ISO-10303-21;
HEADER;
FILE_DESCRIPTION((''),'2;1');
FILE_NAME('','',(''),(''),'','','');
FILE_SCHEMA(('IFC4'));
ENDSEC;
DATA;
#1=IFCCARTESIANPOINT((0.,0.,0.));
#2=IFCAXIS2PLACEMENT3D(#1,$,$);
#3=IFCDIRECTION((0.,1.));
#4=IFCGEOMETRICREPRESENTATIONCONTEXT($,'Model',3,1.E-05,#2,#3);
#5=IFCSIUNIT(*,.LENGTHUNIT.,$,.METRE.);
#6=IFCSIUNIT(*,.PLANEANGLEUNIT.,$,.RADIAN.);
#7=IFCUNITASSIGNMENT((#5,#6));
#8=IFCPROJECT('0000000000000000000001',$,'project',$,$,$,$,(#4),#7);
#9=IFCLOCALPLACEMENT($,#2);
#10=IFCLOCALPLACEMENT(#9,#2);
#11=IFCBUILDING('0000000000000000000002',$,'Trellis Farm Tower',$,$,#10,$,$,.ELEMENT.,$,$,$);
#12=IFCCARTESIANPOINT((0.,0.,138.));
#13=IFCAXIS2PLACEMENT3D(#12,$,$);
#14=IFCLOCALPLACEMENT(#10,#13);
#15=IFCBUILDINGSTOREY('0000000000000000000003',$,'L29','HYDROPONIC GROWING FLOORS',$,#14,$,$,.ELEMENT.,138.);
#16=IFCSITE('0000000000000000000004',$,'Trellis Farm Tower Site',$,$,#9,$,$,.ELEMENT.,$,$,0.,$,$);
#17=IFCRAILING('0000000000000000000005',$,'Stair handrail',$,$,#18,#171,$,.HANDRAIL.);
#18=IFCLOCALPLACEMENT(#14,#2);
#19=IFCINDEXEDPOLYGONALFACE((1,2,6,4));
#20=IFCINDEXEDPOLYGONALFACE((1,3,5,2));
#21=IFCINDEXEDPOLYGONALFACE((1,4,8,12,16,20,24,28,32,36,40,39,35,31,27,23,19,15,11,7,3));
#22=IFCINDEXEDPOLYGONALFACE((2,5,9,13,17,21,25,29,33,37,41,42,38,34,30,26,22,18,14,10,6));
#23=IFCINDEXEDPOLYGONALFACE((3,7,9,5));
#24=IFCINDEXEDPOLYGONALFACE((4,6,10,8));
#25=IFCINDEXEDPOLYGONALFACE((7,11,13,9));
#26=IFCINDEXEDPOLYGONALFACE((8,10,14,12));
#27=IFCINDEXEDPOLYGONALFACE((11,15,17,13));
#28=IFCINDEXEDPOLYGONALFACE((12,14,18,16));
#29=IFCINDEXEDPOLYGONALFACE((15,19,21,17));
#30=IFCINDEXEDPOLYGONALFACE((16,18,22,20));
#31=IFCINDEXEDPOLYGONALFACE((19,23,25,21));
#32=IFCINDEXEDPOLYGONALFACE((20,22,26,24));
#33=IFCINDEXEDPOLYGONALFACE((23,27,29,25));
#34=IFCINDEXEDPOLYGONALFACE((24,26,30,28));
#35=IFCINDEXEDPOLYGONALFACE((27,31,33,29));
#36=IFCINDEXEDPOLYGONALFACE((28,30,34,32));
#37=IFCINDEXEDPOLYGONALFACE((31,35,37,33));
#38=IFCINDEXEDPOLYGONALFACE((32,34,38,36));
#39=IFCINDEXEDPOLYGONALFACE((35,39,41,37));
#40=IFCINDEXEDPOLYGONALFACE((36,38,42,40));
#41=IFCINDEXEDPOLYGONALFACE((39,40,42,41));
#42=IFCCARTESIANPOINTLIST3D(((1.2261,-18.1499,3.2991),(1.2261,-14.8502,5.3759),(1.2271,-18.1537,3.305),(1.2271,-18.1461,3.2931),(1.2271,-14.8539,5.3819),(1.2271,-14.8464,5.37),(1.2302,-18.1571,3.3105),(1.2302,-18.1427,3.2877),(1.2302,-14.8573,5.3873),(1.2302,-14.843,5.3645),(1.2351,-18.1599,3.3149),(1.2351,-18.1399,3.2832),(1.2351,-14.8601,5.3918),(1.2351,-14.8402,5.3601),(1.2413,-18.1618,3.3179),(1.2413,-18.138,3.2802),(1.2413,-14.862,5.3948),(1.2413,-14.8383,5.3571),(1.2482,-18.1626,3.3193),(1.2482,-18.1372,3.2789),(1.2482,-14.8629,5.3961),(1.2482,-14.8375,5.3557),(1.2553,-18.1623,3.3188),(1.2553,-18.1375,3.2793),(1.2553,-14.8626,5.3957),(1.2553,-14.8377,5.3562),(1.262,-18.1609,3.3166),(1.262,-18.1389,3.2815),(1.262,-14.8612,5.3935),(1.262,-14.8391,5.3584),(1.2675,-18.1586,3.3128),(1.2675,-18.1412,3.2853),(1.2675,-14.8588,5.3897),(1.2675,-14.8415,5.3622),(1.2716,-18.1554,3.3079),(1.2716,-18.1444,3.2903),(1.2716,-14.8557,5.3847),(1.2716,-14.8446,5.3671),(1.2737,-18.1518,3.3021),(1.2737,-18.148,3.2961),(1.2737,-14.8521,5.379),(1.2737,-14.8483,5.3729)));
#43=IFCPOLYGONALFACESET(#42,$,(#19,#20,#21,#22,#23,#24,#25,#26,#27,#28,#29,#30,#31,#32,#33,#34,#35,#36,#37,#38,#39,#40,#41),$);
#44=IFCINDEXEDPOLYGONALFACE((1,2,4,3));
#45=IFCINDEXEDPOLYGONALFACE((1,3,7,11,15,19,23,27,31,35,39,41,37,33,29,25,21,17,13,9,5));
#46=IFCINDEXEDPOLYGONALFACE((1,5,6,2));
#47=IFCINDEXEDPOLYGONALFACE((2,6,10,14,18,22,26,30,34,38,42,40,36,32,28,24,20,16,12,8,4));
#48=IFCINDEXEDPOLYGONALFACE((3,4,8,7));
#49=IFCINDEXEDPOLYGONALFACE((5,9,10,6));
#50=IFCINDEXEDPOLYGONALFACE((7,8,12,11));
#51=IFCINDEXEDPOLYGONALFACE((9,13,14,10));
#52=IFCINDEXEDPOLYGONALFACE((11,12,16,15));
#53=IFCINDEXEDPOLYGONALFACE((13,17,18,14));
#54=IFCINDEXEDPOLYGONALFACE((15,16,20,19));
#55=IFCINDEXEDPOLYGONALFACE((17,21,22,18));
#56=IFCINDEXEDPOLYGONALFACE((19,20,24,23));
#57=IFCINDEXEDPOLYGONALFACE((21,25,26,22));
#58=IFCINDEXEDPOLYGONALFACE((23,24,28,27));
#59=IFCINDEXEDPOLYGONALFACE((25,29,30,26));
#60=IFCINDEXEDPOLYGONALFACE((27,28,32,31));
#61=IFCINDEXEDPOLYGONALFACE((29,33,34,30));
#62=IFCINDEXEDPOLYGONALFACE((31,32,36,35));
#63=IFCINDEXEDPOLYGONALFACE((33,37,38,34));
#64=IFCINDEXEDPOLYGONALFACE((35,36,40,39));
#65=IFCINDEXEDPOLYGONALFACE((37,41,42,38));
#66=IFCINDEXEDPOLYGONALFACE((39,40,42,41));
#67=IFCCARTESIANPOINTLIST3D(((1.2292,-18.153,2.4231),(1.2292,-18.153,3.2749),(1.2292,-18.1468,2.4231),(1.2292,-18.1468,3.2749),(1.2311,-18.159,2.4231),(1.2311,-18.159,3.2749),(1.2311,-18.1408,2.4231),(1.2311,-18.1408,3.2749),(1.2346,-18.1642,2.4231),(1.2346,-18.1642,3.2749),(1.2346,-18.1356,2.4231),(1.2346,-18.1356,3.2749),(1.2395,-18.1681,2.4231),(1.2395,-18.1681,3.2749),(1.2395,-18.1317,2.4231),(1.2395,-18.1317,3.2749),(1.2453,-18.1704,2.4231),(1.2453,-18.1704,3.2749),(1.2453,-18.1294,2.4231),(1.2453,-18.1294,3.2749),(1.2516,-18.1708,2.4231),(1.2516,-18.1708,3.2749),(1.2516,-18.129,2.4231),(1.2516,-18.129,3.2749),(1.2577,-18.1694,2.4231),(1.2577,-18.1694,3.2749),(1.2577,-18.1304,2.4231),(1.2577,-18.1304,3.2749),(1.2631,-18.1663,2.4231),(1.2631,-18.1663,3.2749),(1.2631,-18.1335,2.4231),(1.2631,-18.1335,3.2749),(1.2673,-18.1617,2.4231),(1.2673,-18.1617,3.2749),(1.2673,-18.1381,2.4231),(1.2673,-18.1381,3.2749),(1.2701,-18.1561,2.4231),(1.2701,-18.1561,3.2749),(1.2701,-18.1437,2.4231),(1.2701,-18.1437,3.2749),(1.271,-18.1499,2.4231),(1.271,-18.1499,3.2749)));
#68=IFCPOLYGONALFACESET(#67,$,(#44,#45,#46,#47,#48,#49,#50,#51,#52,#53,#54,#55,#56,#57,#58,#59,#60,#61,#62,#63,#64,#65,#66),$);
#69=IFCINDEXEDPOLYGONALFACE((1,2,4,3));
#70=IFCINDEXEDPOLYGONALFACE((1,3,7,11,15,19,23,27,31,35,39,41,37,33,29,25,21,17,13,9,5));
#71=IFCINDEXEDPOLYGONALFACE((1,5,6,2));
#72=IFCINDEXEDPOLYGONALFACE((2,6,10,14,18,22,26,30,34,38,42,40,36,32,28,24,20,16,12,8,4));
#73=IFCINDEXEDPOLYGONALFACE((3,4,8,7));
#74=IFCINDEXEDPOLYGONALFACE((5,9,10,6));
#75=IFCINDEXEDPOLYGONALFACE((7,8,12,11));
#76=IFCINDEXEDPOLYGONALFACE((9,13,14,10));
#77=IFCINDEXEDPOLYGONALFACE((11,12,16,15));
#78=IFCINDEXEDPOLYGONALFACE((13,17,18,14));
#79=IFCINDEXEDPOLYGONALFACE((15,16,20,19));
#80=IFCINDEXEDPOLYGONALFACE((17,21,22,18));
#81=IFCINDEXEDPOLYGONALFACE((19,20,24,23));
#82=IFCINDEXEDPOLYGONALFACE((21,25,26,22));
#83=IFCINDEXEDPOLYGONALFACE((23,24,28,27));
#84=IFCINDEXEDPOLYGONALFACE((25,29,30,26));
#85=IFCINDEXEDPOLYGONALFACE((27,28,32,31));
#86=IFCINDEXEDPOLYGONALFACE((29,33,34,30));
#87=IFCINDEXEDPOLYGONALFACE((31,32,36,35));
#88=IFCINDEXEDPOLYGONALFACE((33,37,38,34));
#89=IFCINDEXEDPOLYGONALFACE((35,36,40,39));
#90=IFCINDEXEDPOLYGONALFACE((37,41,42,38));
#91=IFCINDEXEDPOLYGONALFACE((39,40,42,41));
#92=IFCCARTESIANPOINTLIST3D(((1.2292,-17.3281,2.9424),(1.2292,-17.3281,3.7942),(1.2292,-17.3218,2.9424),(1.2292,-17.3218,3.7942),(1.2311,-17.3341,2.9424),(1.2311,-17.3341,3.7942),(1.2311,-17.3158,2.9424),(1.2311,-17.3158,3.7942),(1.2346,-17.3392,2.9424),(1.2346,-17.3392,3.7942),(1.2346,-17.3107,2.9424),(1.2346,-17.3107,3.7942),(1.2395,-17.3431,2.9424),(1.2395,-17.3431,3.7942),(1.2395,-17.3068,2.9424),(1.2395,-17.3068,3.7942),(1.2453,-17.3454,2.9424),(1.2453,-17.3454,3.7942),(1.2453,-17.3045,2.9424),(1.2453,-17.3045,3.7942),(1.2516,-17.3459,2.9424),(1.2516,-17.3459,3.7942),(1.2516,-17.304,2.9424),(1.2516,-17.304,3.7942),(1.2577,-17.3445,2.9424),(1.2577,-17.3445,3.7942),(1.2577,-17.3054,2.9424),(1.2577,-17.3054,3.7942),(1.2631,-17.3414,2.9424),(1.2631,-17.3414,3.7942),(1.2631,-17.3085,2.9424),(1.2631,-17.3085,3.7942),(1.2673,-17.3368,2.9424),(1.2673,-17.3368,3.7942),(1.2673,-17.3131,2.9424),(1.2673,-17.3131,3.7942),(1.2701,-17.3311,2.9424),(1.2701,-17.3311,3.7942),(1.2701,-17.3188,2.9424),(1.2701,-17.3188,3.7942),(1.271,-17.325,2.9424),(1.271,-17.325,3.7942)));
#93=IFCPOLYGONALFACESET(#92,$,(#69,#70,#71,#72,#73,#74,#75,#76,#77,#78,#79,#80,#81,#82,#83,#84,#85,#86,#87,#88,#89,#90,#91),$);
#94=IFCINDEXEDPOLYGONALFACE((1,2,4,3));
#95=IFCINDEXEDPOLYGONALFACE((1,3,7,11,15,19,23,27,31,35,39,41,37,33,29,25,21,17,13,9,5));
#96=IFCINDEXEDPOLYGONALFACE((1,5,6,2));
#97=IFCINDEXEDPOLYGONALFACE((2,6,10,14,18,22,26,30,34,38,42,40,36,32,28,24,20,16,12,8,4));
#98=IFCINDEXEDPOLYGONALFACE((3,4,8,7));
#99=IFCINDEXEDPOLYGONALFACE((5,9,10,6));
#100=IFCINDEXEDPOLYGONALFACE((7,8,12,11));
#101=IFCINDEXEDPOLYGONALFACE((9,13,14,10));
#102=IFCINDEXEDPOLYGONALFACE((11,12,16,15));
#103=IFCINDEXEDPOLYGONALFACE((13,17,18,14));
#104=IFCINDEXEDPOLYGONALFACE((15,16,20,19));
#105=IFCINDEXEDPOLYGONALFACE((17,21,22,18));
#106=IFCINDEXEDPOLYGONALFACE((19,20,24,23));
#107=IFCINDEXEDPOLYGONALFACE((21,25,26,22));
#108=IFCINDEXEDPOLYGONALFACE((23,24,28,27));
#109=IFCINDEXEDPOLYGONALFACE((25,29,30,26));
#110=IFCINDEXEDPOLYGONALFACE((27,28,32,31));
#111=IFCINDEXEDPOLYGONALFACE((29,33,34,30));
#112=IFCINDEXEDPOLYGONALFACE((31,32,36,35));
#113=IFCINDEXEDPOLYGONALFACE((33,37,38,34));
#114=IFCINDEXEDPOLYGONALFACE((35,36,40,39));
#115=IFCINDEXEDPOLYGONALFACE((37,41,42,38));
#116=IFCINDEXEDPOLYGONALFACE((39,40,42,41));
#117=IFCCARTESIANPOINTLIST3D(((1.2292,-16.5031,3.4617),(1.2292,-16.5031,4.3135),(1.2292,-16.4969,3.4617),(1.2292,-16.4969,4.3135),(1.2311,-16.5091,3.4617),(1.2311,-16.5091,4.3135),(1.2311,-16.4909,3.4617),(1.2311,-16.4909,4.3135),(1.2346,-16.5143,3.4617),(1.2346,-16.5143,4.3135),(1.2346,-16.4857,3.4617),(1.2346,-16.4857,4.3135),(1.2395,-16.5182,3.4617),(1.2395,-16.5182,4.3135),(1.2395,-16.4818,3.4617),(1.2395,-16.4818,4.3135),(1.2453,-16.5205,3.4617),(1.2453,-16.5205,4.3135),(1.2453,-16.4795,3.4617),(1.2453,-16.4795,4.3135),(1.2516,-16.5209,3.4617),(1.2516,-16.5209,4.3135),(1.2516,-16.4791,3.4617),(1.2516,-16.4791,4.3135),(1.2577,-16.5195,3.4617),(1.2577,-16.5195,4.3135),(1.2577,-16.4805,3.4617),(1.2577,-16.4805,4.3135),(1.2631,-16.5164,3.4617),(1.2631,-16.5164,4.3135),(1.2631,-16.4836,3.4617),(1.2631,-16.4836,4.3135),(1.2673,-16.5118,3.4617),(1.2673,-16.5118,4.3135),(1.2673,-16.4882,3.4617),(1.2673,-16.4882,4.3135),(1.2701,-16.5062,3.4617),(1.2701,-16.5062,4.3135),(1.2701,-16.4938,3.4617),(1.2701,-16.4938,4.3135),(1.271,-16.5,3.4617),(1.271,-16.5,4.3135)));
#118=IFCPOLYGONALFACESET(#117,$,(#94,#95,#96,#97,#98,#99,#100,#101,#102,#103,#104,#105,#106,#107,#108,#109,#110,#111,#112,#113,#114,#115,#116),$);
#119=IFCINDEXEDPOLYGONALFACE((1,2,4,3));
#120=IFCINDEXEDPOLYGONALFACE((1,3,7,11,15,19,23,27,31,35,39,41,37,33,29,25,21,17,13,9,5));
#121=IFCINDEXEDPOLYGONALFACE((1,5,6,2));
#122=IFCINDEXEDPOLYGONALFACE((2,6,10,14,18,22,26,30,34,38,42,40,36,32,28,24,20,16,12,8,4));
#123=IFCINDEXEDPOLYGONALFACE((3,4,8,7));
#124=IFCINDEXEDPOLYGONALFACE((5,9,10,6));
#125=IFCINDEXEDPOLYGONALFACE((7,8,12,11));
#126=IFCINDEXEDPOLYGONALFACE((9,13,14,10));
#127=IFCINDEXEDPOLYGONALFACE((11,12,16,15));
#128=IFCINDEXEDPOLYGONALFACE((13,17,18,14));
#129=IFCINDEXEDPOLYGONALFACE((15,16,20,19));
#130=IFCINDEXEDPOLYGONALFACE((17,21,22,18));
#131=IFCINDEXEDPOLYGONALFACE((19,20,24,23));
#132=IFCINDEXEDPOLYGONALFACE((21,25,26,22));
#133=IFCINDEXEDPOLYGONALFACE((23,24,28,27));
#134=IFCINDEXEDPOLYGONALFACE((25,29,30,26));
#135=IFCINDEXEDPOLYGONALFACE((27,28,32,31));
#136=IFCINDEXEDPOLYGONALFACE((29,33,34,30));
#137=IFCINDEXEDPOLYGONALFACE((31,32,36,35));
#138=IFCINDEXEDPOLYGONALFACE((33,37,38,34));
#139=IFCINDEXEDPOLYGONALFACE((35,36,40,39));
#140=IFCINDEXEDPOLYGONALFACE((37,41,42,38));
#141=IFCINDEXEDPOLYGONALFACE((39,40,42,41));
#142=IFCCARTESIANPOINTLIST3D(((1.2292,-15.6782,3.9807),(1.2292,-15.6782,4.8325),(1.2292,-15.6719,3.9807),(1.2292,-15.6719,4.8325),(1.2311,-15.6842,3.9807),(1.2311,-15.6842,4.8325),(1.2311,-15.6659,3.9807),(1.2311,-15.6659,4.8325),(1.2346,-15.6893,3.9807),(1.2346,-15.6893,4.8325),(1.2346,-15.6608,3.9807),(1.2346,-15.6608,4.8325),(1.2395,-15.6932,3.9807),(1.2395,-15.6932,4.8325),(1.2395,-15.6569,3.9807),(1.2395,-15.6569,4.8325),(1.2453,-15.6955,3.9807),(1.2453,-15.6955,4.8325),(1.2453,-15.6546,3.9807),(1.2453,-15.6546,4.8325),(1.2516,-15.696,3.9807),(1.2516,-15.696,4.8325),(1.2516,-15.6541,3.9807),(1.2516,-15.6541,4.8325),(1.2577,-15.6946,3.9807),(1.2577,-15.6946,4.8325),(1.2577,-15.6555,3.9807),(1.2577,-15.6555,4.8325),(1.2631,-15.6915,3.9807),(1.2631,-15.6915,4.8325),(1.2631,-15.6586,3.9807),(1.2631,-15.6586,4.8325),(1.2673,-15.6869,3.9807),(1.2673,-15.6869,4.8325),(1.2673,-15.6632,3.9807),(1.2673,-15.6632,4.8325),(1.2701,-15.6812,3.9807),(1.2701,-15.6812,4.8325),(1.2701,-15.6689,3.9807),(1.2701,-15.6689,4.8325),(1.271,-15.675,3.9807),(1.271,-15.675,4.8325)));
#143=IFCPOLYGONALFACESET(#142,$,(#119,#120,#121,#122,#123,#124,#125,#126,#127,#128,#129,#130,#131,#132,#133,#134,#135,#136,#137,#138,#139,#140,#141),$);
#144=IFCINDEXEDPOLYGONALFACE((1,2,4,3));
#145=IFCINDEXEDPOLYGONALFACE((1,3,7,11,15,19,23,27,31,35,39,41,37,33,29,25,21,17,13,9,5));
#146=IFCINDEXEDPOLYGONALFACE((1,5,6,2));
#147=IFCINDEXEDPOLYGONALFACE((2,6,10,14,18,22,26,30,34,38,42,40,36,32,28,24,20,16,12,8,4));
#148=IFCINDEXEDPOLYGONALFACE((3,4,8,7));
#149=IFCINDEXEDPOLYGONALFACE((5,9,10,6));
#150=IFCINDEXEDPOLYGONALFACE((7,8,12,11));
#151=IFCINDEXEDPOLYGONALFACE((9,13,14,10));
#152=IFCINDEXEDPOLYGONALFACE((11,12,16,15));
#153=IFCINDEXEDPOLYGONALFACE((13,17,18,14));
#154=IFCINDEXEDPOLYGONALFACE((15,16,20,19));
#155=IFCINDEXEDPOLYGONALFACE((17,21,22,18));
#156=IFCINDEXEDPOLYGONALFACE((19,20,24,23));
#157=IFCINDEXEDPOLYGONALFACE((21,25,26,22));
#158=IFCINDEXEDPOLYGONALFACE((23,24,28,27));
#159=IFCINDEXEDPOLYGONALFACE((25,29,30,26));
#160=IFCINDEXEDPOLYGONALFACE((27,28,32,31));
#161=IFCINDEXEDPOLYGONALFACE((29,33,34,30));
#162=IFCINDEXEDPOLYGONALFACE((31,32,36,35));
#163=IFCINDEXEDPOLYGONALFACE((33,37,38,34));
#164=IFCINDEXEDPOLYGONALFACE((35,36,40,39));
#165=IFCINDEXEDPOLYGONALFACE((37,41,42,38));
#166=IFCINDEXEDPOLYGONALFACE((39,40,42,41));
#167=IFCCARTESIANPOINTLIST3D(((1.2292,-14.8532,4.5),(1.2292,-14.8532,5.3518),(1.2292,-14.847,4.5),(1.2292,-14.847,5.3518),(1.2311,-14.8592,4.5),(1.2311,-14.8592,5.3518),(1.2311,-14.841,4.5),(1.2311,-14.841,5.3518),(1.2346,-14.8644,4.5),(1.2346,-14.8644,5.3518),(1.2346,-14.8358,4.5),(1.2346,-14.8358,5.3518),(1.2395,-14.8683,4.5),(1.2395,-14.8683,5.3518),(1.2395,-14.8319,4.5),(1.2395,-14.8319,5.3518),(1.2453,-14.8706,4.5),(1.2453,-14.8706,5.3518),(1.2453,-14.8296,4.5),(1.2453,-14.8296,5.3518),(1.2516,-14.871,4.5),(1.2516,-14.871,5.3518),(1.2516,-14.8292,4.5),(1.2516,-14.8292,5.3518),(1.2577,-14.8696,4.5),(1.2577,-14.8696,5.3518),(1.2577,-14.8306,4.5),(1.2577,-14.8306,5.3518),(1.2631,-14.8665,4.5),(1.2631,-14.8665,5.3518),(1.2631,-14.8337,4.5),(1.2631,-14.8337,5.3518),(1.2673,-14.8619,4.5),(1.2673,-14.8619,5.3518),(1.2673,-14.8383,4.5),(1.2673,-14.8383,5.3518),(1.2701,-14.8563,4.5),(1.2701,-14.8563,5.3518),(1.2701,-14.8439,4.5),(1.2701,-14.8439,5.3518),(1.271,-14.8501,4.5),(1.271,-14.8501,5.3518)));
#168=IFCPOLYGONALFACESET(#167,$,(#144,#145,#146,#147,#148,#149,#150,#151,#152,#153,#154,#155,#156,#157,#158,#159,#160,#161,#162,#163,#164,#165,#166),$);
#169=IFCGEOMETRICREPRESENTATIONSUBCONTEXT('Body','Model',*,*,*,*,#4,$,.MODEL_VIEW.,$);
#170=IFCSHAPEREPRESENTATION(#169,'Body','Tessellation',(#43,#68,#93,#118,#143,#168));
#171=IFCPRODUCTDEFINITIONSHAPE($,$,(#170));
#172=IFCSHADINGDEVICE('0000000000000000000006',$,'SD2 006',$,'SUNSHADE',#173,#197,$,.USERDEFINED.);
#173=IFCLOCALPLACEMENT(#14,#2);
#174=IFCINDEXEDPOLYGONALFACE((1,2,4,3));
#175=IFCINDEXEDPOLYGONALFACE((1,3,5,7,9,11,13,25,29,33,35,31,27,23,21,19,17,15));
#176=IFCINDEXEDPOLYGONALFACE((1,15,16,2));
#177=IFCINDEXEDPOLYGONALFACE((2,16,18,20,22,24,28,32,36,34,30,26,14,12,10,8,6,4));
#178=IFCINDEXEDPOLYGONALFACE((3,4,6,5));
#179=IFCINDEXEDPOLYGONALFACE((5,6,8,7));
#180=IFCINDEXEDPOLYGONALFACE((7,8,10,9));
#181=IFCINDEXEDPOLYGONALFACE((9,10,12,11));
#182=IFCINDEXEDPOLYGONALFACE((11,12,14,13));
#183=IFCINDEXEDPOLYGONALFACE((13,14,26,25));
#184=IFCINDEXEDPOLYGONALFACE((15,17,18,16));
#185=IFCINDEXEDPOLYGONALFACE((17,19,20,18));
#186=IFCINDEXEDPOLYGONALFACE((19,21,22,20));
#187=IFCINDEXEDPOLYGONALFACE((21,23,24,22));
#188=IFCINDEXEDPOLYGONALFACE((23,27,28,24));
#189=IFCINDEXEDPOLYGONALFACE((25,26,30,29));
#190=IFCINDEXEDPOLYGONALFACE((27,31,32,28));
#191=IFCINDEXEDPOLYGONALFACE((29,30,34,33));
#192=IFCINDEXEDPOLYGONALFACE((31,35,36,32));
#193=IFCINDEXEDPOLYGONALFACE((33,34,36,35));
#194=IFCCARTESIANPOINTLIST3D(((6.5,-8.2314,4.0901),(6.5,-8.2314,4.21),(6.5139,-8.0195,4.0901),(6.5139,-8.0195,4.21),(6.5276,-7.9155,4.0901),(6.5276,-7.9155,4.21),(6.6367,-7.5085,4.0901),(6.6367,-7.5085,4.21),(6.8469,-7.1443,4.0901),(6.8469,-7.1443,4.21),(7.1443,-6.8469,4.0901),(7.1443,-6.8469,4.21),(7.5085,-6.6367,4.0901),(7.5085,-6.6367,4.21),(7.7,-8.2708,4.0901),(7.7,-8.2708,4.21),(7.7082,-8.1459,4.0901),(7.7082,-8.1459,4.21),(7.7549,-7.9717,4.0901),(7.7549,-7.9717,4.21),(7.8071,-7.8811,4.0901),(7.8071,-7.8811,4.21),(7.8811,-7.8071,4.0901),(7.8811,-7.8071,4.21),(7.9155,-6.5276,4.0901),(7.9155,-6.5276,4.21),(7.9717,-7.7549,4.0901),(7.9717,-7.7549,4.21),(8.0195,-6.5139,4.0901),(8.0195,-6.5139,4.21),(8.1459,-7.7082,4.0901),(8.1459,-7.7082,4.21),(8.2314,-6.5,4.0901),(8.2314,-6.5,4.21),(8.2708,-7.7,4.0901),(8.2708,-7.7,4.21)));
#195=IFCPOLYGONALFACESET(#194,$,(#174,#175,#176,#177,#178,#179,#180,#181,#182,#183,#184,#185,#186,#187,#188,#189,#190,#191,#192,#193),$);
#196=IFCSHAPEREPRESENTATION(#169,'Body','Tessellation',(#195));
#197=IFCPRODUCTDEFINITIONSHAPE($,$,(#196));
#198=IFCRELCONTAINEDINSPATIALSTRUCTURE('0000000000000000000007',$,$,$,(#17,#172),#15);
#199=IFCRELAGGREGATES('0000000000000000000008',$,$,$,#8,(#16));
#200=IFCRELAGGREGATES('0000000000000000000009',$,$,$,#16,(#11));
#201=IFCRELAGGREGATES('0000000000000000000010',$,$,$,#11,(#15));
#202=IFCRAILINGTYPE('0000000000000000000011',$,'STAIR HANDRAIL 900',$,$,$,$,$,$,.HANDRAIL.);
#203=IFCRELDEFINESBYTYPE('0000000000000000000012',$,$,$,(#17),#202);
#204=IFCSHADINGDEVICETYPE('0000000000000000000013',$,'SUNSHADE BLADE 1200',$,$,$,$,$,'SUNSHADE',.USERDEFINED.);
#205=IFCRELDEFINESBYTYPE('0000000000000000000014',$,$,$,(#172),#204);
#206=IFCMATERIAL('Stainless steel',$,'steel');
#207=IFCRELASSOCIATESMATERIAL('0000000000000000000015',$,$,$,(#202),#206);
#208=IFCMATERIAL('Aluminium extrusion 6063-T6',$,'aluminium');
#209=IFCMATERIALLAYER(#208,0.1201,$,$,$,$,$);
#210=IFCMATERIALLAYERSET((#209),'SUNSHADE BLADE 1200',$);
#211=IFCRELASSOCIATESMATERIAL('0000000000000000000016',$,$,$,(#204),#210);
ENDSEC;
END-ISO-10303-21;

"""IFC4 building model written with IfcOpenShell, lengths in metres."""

from ifc_helpers import new_model, si_unit, direction, frame, origin, origin_2d, place, context, subcontext, project, spatial, polyline, circle, outline, extrude, source, transform, mapped, material, layer, layer_set, type_object, element, save


model = new_model("IFC4")

# Units and contexts
model_context = context("Model", 3, precision=1e-05, world=origin(), true_north=direction((0.0, 1.0)))
body_context = subcontext(model_context, "Body", "Model", "MODEL_VIEW")
ifc_project = project(units=[si_unit("LENGTHUNIT", "METRE"), si_unit("PLANEANGLEUNIT", "RADIAN")], contexts=[model_context])

# Site, building, storey
site_placement = place(None, origin())
site = spatial("IfcSite", under=ifc_project, at=site_placement, Name="Trellis Farm Tower Site", CompositionType="ELEMENT", RefElevation=0.0)
building_placement = place(site_placement, origin())
building = spatial("IfcBuilding", under=site, at=building_placement, Name="Trellis Farm Tower", CompositionType="ELEMENT")
storey_placement = place(building_placement, frame((0.0, 0.0, 138.0)))
storey = spatial("IfcBuildingStorey", under=building, at=storey_placement, Name="L29", Description="HYDROPONIC GROWING FLOORS", CompositionType="ELEMENT", Elevation=138.0)

# Shared definitions
ifc_material_1 = material(Name="Aluminium extrusion 6063-T6", Category="aluminium")

# Railing
ifc_material_2 = material(Name="Stainless steel", Category="steel")
railing_type = type_object("IfcRailingType", Name="STAIR HANDRAIL 900", PredefinedType="HANDRAIL", material=ifc_material_2)
shared_shape_1 = source(origin(), body_context, "Body", "SweptSolid", [
    extrude(circle(Radius=0.0239, at=origin_2d()), frame((0.0, 0.0, 0.876), z_axis=(0.0, 0.84632, 0.532675), x_axis=(-1.0, 0.0, 0.0)), (0.0, 0.0, 1.0), 3.8989),
    extrude(circle(Radius=0.021, at=origin_2d()), origin(), (0.0, 0.0, 1.0), 0.8518),
    extrude(circle(Radius=0.021, at=origin_2d()), frame((0.0, 0.825, 0.5193)), (0.0, 0.0, 1.0), 0.8518),
    extrude(circle(Radius=0.021, at=origin_2d()), frame((0.0, 1.6499, 1.0386)), (0.0, 0.0, 1.0), 0.8518),
    extrude(circle(Radius=0.021, at=origin_2d()), frame((0.0, 2.4749, 1.5576)), (0.0, 0.0, 1.0), 0.8518),
    extrude(circle(Radius=0.021, at=origin_2d()), frame((0.0, 3.2998, 2.0769)), (0.0, 0.0, 1.0), 0.8518),
])
railing_placement = place(storey_placement, frame((1.25, -18.1499, 2.4231)))
element("IfcRailing", 1, at=railing_placement, inside=storey, type_object=railing_type, Name="Stair handrail", PredefinedType="HANDRAIL", context=body_context, shape_type="MappedRepresentation", body=[
    mapped(shared_shape_1, transform((0.0, 0.0, 0.0))),
])

# Shading device
ifc_layer_1 = layer(ifc_material_1, 0.1201)
ifc_layer_set_1 = layer_set([ifc_layer_1], Name="SUNSHADE BLADE 1200")
shading_device_type = type_object("IfcShadingDeviceType", Name="SUNSHADE BLADE 1200", ElementType="SUNSHADE", PredefinedType="USERDEFINED", material=ifc_layer_set_1)
shared_shape_2 = source(origin(), body_context, "Body", "SweptSolid", [
    extrude(outline(polyline([(7.7, -8.2708), (7.7087, -8.1372), (7.707, -8.1501), (7.7549, -7.9717), (7.8071, -7.8811), (7.8811, -7.8071), (7.9717, -7.7549), (8.1501, -7.707), (8.1372, -7.7087), (8.2708, -7.7), (8.2314, -6.5), (8.0195, -6.5139), (7.9155, -6.5276), (7.5085, -6.6367), (7.1443, -6.8469), (6.8469, -7.1443), (6.6367, -7.5085), (6.5276, -7.9155), (6.5139, -8.0195), (6.5, -8.2314), (7.7, -8.2708)])), origin(), (0.0, 0.0, 1.0), 0.1199),
])
placement_1 = place(storey_placement, frame((0.0, 0.0, 4.0901)))
element("IfcShadingDevice", 2, at=placement_1, inside=storey, type_object=shading_device_type, Name="SD2 006", ObjectType="SUNSHADE", PredefinedType="USERDEFINED", context=body_context, shape_type="MappedRepresentation", body=[
    mapped(shared_shape_2, transform((0.0, 0.0, 0.0))),
])

save(model, "model.ifc")
